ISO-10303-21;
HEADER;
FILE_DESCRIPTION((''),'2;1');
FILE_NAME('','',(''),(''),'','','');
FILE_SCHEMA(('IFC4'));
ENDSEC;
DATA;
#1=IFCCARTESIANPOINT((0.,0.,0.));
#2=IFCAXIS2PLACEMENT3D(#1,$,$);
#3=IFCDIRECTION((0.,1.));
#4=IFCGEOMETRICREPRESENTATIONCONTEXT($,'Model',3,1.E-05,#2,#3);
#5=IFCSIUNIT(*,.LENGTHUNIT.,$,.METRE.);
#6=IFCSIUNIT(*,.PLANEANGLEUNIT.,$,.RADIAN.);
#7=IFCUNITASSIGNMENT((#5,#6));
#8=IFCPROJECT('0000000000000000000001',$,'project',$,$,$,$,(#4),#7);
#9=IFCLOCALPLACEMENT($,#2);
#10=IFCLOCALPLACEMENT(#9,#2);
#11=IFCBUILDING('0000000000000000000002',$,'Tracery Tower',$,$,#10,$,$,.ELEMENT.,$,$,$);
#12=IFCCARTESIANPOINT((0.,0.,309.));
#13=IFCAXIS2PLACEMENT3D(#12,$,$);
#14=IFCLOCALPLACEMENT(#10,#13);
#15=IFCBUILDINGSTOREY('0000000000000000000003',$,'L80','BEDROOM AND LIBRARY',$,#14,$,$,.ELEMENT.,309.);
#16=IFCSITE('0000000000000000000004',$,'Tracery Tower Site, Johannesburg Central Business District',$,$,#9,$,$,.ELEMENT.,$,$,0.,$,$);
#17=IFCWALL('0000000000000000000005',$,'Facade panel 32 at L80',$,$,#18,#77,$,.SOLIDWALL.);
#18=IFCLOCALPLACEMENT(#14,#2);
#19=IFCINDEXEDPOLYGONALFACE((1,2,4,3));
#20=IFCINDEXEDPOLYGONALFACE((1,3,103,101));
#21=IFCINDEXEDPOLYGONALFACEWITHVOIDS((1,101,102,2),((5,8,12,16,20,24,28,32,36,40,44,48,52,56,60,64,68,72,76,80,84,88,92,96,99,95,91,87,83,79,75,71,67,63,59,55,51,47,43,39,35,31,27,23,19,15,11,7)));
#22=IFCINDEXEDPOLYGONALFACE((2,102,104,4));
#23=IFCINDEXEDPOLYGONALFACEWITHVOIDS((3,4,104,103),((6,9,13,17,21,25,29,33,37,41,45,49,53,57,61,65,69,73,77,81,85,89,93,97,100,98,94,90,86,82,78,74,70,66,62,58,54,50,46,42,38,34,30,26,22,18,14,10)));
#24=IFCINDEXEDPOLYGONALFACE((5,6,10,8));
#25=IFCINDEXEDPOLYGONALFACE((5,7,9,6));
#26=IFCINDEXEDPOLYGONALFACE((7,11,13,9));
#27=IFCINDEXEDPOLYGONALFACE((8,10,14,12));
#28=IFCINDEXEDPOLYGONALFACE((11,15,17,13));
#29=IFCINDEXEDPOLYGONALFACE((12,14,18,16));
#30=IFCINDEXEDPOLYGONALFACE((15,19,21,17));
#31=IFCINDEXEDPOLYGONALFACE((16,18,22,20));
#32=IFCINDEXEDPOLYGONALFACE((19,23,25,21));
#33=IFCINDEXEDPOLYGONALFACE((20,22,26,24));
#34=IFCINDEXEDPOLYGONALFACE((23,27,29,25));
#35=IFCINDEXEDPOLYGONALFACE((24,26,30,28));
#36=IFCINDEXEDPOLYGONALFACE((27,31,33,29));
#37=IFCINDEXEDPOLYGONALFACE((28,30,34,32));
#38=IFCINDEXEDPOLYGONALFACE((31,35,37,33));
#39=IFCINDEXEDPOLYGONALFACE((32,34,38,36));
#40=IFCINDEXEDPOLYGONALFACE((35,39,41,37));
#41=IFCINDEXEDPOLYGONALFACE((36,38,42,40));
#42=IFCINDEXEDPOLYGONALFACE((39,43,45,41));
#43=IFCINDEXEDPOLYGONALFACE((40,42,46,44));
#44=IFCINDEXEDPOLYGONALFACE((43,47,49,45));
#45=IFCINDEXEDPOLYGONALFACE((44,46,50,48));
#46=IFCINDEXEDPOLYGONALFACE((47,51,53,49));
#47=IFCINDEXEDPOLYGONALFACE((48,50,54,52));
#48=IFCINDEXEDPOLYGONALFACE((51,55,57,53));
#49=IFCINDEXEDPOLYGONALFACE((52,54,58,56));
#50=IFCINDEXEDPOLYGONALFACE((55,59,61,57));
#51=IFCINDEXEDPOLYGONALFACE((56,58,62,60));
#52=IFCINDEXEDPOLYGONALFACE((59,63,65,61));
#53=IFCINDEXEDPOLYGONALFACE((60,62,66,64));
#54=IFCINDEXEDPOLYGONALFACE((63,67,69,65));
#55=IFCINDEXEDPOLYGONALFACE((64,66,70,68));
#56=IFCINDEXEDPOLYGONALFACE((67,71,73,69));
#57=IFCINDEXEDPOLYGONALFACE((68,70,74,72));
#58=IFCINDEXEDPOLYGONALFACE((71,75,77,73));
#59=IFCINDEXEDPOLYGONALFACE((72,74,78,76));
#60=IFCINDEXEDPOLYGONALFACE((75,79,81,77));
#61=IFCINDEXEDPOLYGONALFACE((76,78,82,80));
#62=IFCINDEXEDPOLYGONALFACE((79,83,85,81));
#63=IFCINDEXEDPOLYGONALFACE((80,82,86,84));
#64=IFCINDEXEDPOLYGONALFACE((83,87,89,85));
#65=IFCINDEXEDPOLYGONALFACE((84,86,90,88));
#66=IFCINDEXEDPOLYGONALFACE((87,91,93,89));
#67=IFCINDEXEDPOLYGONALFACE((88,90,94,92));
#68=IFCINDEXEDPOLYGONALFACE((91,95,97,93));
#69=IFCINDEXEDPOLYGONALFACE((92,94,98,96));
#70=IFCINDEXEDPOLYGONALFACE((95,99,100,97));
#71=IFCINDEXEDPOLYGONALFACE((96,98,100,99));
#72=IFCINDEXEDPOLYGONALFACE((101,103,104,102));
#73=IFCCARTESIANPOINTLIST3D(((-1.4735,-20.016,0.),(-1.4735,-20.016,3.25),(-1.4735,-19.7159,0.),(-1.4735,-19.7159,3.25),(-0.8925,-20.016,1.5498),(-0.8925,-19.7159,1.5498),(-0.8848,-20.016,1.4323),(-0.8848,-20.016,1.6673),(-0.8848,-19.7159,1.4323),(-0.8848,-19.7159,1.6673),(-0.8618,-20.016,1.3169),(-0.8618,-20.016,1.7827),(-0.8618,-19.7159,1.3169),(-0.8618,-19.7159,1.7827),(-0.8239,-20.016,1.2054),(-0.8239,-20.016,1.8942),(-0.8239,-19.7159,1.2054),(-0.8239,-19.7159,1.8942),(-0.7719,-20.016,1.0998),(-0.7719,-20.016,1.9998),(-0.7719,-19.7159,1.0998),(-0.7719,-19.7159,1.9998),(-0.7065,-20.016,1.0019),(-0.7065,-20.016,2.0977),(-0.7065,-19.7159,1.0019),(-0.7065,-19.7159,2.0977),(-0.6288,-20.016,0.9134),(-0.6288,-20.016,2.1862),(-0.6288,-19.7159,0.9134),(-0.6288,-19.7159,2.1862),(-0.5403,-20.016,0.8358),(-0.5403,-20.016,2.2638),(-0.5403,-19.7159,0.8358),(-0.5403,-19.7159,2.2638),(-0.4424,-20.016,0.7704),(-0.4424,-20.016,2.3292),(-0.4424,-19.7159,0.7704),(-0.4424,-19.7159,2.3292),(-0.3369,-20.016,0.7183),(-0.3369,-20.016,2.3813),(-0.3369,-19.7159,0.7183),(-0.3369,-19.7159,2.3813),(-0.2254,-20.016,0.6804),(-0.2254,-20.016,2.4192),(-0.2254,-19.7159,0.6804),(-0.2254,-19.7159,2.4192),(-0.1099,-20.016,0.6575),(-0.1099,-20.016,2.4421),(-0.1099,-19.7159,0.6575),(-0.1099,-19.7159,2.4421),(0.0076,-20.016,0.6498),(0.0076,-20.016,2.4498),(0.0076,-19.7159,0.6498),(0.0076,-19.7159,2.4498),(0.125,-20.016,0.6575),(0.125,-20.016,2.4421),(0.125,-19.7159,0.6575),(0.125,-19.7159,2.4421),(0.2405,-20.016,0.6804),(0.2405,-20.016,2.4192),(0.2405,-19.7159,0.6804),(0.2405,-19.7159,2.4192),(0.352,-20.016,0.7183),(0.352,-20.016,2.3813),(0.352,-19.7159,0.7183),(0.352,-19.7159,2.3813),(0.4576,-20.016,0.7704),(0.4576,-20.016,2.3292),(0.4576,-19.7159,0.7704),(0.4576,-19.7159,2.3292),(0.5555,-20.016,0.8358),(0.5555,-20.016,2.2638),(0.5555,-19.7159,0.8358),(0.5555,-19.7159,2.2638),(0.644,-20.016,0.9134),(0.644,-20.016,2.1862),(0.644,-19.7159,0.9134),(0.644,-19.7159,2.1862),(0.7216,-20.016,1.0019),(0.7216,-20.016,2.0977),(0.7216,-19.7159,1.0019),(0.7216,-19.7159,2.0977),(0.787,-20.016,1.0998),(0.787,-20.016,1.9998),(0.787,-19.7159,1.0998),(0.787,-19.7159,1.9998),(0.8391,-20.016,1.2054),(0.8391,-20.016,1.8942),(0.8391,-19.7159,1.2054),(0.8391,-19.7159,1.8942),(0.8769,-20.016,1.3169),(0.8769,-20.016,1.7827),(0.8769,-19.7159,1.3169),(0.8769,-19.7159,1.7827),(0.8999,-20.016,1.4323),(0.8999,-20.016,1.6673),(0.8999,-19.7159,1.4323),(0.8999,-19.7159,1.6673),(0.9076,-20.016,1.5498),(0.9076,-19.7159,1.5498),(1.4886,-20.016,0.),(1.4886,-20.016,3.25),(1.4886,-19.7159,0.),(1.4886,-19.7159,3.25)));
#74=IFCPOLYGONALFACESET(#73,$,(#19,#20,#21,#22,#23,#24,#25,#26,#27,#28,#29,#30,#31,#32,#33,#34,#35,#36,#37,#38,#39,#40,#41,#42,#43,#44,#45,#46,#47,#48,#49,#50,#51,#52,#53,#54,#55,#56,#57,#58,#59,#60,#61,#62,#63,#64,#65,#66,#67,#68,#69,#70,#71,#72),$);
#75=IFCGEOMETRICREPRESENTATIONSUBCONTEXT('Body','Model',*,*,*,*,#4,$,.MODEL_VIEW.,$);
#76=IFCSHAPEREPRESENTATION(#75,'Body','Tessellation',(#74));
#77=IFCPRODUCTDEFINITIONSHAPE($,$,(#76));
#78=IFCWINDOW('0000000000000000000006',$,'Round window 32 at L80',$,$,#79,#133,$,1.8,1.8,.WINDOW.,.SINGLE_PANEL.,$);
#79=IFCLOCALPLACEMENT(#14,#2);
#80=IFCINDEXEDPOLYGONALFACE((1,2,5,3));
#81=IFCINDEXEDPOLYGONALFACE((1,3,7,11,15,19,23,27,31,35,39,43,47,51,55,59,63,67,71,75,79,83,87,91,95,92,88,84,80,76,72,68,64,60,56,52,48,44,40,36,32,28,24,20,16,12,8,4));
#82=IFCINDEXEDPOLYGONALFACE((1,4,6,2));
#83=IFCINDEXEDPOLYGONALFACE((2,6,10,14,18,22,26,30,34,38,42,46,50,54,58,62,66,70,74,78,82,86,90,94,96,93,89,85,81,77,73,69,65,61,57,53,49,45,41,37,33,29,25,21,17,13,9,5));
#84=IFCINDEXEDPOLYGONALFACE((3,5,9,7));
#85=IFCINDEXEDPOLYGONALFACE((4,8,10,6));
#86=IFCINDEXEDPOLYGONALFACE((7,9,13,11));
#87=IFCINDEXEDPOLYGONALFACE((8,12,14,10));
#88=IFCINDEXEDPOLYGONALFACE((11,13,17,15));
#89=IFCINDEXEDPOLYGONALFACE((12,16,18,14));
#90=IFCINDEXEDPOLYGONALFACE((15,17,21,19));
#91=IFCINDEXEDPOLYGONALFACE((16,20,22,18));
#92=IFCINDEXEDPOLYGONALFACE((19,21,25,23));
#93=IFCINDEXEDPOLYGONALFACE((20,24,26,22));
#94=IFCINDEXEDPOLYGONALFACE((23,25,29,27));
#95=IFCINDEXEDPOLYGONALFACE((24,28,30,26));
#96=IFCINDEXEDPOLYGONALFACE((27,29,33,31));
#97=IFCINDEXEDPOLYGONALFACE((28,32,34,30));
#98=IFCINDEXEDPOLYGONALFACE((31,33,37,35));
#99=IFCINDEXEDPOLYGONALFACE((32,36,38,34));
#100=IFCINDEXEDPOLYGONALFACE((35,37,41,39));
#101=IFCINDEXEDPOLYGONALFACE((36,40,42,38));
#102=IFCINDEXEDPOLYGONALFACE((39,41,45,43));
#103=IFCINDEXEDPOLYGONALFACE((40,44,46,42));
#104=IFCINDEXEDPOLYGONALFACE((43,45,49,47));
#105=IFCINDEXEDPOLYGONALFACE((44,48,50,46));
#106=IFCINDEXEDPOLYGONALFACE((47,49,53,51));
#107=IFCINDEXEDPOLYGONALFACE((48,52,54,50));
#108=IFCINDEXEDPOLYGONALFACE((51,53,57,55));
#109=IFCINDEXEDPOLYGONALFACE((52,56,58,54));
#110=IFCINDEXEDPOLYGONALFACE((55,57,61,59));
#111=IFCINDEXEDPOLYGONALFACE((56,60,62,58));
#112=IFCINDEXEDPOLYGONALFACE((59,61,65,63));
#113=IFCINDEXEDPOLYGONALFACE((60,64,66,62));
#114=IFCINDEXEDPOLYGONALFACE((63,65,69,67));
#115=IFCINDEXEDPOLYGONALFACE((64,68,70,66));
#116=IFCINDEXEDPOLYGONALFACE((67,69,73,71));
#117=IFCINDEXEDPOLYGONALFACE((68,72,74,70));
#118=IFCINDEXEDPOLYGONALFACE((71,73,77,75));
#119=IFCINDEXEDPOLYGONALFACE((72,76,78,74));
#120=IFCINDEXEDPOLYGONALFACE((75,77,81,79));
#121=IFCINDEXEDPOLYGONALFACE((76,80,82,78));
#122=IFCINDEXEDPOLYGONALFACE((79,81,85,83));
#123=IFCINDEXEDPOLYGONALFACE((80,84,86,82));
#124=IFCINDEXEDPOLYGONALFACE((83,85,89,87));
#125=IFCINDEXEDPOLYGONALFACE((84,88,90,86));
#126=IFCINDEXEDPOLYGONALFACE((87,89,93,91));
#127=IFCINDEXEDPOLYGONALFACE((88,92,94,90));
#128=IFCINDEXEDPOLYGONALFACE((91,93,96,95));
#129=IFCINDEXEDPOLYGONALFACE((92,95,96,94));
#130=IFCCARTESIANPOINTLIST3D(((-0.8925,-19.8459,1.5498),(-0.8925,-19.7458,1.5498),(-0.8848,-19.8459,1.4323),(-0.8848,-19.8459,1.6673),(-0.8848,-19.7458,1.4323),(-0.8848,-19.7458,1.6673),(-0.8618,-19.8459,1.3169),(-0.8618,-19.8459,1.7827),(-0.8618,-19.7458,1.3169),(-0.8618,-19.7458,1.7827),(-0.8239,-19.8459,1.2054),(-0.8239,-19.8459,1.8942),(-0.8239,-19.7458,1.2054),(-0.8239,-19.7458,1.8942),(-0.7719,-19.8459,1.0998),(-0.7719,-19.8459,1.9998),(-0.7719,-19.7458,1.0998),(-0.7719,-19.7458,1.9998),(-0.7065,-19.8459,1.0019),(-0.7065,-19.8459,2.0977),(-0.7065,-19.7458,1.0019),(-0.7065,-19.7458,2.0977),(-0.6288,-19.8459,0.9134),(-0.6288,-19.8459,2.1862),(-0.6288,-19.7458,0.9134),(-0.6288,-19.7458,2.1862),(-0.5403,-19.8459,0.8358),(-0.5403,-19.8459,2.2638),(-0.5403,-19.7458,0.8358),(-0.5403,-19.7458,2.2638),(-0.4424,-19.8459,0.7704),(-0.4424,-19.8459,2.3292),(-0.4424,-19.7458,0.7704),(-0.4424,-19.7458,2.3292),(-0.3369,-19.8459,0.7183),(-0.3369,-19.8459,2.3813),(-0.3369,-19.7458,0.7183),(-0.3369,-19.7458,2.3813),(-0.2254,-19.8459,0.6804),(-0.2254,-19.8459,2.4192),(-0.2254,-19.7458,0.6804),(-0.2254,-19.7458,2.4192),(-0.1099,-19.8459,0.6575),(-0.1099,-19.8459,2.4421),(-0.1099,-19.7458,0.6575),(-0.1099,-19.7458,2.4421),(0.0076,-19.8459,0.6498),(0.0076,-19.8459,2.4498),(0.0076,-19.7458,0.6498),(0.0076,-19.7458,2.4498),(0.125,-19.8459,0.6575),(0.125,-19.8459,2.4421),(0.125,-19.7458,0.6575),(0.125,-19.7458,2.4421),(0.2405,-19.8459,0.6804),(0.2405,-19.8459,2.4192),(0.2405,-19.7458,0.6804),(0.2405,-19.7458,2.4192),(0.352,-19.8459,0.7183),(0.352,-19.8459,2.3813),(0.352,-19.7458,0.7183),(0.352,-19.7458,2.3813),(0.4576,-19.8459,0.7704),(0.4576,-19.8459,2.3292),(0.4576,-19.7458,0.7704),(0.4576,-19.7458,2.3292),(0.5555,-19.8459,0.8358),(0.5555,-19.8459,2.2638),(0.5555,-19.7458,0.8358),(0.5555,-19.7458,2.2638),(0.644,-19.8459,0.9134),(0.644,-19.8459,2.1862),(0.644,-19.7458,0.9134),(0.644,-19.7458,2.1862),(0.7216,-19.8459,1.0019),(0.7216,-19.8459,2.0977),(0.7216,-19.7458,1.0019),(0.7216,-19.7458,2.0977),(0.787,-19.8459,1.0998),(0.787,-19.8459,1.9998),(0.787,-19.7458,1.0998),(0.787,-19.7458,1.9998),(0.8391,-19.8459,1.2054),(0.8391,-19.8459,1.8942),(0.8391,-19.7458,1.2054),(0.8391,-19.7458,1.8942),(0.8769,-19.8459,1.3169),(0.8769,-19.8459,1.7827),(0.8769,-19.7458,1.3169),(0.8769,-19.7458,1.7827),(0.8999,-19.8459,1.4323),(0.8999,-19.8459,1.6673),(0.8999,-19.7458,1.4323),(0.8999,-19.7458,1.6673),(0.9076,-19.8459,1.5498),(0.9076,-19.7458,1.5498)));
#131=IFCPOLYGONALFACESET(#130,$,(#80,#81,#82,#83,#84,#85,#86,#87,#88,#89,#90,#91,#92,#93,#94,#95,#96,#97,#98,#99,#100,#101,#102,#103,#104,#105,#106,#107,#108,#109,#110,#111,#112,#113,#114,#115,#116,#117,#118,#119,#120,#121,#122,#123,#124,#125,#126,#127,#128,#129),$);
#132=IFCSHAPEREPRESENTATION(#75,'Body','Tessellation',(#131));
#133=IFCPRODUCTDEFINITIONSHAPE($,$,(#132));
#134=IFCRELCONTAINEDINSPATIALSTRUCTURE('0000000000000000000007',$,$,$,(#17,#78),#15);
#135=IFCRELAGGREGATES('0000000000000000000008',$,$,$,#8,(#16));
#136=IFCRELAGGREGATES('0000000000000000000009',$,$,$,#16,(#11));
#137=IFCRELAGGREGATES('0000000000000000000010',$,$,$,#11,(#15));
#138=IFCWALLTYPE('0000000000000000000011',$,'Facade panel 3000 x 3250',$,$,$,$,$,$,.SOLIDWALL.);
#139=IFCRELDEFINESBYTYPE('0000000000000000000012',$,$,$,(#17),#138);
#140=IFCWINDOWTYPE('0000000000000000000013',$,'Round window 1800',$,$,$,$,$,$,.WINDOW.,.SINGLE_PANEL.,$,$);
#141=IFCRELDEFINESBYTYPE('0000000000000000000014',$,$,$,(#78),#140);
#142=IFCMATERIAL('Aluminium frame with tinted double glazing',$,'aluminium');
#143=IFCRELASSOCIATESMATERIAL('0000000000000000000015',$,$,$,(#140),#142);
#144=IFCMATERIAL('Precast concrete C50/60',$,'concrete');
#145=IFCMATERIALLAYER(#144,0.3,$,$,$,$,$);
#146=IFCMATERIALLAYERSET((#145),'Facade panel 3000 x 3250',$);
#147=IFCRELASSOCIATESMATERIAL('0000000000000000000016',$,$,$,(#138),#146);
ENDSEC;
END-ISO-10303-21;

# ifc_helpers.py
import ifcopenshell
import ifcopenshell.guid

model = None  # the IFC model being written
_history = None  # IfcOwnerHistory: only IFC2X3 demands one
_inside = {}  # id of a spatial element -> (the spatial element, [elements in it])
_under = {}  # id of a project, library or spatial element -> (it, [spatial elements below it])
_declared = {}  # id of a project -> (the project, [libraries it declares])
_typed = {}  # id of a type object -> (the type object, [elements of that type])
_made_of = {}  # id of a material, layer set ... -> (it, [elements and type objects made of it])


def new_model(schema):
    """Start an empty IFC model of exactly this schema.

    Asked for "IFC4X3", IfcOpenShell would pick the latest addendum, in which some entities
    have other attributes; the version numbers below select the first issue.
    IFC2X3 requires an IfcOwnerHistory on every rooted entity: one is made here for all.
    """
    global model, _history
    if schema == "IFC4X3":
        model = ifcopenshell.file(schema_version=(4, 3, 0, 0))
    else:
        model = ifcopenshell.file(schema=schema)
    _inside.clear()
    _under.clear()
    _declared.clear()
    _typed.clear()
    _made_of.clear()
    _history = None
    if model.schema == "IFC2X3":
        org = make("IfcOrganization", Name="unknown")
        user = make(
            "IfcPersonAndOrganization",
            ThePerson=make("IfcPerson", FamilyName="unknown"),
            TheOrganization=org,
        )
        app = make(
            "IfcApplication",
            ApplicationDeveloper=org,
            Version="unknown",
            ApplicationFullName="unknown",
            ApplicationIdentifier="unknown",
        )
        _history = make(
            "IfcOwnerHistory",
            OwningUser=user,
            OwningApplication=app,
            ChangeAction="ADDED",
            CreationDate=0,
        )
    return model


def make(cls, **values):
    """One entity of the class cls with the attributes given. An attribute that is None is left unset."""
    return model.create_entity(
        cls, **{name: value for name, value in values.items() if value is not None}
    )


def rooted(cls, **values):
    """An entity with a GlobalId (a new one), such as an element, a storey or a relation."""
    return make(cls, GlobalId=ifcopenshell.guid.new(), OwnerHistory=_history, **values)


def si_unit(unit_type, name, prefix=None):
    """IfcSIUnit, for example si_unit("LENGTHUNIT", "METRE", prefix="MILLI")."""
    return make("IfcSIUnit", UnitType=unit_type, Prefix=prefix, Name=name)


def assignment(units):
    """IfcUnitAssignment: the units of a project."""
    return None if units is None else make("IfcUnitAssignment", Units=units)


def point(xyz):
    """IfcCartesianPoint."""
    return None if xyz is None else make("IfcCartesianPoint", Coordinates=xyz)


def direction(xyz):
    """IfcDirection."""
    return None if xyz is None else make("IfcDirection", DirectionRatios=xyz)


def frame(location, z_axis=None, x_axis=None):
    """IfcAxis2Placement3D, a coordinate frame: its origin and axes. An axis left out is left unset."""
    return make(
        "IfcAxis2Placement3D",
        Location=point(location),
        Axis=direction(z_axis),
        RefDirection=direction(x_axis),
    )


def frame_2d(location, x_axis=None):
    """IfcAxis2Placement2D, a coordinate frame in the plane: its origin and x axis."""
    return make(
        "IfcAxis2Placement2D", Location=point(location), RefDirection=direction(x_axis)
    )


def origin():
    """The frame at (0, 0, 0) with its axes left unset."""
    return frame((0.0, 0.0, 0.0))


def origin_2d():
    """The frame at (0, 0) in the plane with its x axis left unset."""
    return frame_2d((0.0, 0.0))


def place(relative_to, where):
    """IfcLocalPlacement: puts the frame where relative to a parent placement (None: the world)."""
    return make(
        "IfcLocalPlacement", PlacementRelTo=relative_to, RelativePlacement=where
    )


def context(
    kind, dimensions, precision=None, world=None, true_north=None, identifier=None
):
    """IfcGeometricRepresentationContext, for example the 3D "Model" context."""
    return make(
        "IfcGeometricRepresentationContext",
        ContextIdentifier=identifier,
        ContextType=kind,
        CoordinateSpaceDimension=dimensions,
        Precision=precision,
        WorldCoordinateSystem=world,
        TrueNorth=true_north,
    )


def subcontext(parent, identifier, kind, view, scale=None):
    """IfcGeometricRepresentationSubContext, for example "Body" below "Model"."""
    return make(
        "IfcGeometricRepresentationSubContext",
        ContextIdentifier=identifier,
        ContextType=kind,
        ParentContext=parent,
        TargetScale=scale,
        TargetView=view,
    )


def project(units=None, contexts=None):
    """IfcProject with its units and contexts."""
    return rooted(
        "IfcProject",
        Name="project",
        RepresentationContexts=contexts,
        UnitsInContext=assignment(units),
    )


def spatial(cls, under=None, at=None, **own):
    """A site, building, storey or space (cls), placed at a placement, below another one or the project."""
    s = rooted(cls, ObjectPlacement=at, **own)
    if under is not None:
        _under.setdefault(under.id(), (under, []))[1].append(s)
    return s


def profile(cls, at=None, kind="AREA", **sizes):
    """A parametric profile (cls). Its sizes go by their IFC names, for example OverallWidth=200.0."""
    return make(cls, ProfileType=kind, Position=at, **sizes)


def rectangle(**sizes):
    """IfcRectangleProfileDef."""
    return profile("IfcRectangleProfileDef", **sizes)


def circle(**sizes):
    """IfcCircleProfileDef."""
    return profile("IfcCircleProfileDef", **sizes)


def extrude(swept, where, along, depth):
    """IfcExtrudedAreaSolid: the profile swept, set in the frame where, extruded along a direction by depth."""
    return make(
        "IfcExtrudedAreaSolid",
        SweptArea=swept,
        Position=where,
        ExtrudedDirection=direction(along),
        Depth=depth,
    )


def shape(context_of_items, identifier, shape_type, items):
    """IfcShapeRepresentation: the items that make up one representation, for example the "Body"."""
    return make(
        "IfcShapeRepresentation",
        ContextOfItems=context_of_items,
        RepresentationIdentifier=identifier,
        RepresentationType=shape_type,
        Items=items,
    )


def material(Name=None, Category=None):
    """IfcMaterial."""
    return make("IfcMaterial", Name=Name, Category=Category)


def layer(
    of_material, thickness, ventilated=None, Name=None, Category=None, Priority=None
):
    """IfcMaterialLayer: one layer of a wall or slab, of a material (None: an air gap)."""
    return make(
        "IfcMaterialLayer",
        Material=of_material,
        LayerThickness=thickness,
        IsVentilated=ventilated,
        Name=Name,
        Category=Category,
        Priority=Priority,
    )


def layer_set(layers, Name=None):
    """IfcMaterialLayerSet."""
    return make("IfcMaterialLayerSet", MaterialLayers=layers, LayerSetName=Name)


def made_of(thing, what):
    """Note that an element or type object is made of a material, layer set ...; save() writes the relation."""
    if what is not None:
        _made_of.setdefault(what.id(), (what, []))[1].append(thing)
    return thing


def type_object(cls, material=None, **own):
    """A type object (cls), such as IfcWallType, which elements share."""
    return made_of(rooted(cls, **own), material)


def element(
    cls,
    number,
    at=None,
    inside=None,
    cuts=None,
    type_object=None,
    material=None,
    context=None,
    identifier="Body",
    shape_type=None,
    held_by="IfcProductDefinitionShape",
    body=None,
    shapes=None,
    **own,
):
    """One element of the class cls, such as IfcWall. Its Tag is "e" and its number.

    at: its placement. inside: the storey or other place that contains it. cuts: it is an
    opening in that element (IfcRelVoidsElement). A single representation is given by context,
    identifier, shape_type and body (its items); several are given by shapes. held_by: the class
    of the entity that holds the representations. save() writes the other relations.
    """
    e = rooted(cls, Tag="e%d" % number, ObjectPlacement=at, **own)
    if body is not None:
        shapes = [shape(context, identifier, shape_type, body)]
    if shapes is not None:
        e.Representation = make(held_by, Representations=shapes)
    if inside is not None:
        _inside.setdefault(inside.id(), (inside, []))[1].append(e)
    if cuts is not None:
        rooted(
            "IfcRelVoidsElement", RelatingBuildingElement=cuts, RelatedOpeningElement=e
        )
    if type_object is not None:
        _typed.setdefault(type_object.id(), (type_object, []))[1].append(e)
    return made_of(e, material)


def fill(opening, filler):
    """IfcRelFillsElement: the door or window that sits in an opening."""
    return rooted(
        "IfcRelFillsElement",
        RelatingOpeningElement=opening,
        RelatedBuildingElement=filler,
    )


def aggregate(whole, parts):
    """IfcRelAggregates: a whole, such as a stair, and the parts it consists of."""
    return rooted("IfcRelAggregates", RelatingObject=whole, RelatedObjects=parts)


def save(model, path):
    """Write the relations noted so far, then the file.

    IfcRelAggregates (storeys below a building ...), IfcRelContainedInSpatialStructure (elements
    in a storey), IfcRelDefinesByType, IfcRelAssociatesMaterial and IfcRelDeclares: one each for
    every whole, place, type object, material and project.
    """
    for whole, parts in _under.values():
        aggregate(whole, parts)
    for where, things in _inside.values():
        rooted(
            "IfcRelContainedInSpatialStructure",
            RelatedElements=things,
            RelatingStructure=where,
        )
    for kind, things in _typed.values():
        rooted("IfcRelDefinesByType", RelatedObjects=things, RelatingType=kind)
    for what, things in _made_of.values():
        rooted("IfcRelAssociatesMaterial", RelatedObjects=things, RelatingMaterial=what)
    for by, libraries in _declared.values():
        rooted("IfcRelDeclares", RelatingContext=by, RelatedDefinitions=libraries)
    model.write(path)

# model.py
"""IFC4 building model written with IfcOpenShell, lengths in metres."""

from ifc_helpers import new_model, si_unit, direction, frame, frame_2d, origin, origin_2d, place, context, subcontext, project, spatial, rectangle, circle, extrude, material, layer, layer_set, type_object, element, fill, save


model = new_model("IFC4")

# Units and contexts
model_context = context("Model", 3, precision=1e-05, world=origin(), true_north=direction((0.0, 1.0)))
body_context = subcontext(model_context, "Body", "Model", "MODEL_VIEW")
ifc_project = project(units=[si_unit("LENGTHUNIT", "METRE"), si_unit("PLANEANGLEUNIT", "RADIAN")], contexts=[model_context])

# Site, building, storey
site_placement = place(None, origin())
site = spatial("IfcSite", under=ifc_project, at=site_placement, Name="Tracery Tower Site, Johannesburg Central Business District", CompositionType="ELEMENT", RefElevation=0.0)
building_placement = place(site_placement, origin())
building = spatial("IfcBuilding", under=site, at=building_placement, Name="Tracery Tower", CompositionType="ELEMENT")
storey_placement = place(building_placement, frame((0.0, 0.0, 309.0)))
storey = spatial("IfcBuildingStorey", under=building, at=storey_placement, Name="L80", Description="BEDROOM AND LIBRARY", CompositionType="ELEMENT", Elevation=309.0)

# Wall, opening, window
ifc_material_1 = material(Name="Aluminium frame with tinted double glazing", Category="aluminium")
window_type = type_object("IfcWindowType", Name="Round window 1800", PartitioningType="SINGLE_PANEL", PredefinedType="WINDOW", material=ifc_material_1)
ifc_material_2 = material(Name="Precast concrete C50/60", Category="concrete")
ifc_layer_1 = layer(ifc_material_2, 0.3)
ifc_layer_set_1 = layer_set([ifc_layer_1], Name="Facade panel 3000 x 3250")
wall_type_1 = type_object("IfcWallType", Name="Facade panel 3000 x 3250", PredefinedType="SOLIDWALL", material=ifc_layer_set_1)
wall_1_placement = place(storey_placement, frame((-1.4734, -19.866, 0.0), z_axis=(0.0, 0.0, 1.0), x_axis=(1.0, 0.0, 0.0)))
wall_1 = element("IfcWall", 1, at=wall_1_placement, inside=storey, type_object=wall_type_1, Name="Facade panel 32 at L80", PredefinedType="SOLIDWALL", context=body_context, shape_type="SweptSolid", body=[
    extrude(rectangle(XDim=2.9622, YDim=0.3, at=frame_2d((1.481, 0.0))), origin(), (0.0, 0.0, 1.0), 3.25),
])
opening_1_placement = place(wall_1_placement, frame((1.481, 0.0, 1.5498)))
opening_1 = element("IfcOpeningElement", 2, at=opening_1_placement, cuts=wall_1, PredefinedType="OPENING", context=body_context, shape_type="SweptSolid", body=[
    extrude(circle(Radius=0.9, at=origin_2d()), frame((0.0, 0.1599, 0.0), z_axis=(0.0, -1.0, 0.0), x_axis=(1.0, 0.0, 0.0)), (0.0, 0.0, 1.0), 0.3201),
])
window_1_placement = place(opening_1_placement, origin())
window_1 = element("IfcWindow", 3, at=window_1_placement, inside=storey, type_object=window_type, Name="Round window 32 at L80", OverallHeight=1.8, OverallWidth=1.8, PartitioningType="SINGLE_PANEL", PredefinedType="WINDOW", context=body_context, shape_type="SweptSolid", body=[
    extrude(circle(Radius=0.9, at=origin_2d()), frame((0.0, 0.1201, 0.0), z_axis=(0.0, -1.0, 0.0), x_axis=(1.0, 0.0, 0.0)), (0.0, 0.0, 1.0), 0.1001),
])
fill(opening_1, window_1)

save(model, "model.ifc")
